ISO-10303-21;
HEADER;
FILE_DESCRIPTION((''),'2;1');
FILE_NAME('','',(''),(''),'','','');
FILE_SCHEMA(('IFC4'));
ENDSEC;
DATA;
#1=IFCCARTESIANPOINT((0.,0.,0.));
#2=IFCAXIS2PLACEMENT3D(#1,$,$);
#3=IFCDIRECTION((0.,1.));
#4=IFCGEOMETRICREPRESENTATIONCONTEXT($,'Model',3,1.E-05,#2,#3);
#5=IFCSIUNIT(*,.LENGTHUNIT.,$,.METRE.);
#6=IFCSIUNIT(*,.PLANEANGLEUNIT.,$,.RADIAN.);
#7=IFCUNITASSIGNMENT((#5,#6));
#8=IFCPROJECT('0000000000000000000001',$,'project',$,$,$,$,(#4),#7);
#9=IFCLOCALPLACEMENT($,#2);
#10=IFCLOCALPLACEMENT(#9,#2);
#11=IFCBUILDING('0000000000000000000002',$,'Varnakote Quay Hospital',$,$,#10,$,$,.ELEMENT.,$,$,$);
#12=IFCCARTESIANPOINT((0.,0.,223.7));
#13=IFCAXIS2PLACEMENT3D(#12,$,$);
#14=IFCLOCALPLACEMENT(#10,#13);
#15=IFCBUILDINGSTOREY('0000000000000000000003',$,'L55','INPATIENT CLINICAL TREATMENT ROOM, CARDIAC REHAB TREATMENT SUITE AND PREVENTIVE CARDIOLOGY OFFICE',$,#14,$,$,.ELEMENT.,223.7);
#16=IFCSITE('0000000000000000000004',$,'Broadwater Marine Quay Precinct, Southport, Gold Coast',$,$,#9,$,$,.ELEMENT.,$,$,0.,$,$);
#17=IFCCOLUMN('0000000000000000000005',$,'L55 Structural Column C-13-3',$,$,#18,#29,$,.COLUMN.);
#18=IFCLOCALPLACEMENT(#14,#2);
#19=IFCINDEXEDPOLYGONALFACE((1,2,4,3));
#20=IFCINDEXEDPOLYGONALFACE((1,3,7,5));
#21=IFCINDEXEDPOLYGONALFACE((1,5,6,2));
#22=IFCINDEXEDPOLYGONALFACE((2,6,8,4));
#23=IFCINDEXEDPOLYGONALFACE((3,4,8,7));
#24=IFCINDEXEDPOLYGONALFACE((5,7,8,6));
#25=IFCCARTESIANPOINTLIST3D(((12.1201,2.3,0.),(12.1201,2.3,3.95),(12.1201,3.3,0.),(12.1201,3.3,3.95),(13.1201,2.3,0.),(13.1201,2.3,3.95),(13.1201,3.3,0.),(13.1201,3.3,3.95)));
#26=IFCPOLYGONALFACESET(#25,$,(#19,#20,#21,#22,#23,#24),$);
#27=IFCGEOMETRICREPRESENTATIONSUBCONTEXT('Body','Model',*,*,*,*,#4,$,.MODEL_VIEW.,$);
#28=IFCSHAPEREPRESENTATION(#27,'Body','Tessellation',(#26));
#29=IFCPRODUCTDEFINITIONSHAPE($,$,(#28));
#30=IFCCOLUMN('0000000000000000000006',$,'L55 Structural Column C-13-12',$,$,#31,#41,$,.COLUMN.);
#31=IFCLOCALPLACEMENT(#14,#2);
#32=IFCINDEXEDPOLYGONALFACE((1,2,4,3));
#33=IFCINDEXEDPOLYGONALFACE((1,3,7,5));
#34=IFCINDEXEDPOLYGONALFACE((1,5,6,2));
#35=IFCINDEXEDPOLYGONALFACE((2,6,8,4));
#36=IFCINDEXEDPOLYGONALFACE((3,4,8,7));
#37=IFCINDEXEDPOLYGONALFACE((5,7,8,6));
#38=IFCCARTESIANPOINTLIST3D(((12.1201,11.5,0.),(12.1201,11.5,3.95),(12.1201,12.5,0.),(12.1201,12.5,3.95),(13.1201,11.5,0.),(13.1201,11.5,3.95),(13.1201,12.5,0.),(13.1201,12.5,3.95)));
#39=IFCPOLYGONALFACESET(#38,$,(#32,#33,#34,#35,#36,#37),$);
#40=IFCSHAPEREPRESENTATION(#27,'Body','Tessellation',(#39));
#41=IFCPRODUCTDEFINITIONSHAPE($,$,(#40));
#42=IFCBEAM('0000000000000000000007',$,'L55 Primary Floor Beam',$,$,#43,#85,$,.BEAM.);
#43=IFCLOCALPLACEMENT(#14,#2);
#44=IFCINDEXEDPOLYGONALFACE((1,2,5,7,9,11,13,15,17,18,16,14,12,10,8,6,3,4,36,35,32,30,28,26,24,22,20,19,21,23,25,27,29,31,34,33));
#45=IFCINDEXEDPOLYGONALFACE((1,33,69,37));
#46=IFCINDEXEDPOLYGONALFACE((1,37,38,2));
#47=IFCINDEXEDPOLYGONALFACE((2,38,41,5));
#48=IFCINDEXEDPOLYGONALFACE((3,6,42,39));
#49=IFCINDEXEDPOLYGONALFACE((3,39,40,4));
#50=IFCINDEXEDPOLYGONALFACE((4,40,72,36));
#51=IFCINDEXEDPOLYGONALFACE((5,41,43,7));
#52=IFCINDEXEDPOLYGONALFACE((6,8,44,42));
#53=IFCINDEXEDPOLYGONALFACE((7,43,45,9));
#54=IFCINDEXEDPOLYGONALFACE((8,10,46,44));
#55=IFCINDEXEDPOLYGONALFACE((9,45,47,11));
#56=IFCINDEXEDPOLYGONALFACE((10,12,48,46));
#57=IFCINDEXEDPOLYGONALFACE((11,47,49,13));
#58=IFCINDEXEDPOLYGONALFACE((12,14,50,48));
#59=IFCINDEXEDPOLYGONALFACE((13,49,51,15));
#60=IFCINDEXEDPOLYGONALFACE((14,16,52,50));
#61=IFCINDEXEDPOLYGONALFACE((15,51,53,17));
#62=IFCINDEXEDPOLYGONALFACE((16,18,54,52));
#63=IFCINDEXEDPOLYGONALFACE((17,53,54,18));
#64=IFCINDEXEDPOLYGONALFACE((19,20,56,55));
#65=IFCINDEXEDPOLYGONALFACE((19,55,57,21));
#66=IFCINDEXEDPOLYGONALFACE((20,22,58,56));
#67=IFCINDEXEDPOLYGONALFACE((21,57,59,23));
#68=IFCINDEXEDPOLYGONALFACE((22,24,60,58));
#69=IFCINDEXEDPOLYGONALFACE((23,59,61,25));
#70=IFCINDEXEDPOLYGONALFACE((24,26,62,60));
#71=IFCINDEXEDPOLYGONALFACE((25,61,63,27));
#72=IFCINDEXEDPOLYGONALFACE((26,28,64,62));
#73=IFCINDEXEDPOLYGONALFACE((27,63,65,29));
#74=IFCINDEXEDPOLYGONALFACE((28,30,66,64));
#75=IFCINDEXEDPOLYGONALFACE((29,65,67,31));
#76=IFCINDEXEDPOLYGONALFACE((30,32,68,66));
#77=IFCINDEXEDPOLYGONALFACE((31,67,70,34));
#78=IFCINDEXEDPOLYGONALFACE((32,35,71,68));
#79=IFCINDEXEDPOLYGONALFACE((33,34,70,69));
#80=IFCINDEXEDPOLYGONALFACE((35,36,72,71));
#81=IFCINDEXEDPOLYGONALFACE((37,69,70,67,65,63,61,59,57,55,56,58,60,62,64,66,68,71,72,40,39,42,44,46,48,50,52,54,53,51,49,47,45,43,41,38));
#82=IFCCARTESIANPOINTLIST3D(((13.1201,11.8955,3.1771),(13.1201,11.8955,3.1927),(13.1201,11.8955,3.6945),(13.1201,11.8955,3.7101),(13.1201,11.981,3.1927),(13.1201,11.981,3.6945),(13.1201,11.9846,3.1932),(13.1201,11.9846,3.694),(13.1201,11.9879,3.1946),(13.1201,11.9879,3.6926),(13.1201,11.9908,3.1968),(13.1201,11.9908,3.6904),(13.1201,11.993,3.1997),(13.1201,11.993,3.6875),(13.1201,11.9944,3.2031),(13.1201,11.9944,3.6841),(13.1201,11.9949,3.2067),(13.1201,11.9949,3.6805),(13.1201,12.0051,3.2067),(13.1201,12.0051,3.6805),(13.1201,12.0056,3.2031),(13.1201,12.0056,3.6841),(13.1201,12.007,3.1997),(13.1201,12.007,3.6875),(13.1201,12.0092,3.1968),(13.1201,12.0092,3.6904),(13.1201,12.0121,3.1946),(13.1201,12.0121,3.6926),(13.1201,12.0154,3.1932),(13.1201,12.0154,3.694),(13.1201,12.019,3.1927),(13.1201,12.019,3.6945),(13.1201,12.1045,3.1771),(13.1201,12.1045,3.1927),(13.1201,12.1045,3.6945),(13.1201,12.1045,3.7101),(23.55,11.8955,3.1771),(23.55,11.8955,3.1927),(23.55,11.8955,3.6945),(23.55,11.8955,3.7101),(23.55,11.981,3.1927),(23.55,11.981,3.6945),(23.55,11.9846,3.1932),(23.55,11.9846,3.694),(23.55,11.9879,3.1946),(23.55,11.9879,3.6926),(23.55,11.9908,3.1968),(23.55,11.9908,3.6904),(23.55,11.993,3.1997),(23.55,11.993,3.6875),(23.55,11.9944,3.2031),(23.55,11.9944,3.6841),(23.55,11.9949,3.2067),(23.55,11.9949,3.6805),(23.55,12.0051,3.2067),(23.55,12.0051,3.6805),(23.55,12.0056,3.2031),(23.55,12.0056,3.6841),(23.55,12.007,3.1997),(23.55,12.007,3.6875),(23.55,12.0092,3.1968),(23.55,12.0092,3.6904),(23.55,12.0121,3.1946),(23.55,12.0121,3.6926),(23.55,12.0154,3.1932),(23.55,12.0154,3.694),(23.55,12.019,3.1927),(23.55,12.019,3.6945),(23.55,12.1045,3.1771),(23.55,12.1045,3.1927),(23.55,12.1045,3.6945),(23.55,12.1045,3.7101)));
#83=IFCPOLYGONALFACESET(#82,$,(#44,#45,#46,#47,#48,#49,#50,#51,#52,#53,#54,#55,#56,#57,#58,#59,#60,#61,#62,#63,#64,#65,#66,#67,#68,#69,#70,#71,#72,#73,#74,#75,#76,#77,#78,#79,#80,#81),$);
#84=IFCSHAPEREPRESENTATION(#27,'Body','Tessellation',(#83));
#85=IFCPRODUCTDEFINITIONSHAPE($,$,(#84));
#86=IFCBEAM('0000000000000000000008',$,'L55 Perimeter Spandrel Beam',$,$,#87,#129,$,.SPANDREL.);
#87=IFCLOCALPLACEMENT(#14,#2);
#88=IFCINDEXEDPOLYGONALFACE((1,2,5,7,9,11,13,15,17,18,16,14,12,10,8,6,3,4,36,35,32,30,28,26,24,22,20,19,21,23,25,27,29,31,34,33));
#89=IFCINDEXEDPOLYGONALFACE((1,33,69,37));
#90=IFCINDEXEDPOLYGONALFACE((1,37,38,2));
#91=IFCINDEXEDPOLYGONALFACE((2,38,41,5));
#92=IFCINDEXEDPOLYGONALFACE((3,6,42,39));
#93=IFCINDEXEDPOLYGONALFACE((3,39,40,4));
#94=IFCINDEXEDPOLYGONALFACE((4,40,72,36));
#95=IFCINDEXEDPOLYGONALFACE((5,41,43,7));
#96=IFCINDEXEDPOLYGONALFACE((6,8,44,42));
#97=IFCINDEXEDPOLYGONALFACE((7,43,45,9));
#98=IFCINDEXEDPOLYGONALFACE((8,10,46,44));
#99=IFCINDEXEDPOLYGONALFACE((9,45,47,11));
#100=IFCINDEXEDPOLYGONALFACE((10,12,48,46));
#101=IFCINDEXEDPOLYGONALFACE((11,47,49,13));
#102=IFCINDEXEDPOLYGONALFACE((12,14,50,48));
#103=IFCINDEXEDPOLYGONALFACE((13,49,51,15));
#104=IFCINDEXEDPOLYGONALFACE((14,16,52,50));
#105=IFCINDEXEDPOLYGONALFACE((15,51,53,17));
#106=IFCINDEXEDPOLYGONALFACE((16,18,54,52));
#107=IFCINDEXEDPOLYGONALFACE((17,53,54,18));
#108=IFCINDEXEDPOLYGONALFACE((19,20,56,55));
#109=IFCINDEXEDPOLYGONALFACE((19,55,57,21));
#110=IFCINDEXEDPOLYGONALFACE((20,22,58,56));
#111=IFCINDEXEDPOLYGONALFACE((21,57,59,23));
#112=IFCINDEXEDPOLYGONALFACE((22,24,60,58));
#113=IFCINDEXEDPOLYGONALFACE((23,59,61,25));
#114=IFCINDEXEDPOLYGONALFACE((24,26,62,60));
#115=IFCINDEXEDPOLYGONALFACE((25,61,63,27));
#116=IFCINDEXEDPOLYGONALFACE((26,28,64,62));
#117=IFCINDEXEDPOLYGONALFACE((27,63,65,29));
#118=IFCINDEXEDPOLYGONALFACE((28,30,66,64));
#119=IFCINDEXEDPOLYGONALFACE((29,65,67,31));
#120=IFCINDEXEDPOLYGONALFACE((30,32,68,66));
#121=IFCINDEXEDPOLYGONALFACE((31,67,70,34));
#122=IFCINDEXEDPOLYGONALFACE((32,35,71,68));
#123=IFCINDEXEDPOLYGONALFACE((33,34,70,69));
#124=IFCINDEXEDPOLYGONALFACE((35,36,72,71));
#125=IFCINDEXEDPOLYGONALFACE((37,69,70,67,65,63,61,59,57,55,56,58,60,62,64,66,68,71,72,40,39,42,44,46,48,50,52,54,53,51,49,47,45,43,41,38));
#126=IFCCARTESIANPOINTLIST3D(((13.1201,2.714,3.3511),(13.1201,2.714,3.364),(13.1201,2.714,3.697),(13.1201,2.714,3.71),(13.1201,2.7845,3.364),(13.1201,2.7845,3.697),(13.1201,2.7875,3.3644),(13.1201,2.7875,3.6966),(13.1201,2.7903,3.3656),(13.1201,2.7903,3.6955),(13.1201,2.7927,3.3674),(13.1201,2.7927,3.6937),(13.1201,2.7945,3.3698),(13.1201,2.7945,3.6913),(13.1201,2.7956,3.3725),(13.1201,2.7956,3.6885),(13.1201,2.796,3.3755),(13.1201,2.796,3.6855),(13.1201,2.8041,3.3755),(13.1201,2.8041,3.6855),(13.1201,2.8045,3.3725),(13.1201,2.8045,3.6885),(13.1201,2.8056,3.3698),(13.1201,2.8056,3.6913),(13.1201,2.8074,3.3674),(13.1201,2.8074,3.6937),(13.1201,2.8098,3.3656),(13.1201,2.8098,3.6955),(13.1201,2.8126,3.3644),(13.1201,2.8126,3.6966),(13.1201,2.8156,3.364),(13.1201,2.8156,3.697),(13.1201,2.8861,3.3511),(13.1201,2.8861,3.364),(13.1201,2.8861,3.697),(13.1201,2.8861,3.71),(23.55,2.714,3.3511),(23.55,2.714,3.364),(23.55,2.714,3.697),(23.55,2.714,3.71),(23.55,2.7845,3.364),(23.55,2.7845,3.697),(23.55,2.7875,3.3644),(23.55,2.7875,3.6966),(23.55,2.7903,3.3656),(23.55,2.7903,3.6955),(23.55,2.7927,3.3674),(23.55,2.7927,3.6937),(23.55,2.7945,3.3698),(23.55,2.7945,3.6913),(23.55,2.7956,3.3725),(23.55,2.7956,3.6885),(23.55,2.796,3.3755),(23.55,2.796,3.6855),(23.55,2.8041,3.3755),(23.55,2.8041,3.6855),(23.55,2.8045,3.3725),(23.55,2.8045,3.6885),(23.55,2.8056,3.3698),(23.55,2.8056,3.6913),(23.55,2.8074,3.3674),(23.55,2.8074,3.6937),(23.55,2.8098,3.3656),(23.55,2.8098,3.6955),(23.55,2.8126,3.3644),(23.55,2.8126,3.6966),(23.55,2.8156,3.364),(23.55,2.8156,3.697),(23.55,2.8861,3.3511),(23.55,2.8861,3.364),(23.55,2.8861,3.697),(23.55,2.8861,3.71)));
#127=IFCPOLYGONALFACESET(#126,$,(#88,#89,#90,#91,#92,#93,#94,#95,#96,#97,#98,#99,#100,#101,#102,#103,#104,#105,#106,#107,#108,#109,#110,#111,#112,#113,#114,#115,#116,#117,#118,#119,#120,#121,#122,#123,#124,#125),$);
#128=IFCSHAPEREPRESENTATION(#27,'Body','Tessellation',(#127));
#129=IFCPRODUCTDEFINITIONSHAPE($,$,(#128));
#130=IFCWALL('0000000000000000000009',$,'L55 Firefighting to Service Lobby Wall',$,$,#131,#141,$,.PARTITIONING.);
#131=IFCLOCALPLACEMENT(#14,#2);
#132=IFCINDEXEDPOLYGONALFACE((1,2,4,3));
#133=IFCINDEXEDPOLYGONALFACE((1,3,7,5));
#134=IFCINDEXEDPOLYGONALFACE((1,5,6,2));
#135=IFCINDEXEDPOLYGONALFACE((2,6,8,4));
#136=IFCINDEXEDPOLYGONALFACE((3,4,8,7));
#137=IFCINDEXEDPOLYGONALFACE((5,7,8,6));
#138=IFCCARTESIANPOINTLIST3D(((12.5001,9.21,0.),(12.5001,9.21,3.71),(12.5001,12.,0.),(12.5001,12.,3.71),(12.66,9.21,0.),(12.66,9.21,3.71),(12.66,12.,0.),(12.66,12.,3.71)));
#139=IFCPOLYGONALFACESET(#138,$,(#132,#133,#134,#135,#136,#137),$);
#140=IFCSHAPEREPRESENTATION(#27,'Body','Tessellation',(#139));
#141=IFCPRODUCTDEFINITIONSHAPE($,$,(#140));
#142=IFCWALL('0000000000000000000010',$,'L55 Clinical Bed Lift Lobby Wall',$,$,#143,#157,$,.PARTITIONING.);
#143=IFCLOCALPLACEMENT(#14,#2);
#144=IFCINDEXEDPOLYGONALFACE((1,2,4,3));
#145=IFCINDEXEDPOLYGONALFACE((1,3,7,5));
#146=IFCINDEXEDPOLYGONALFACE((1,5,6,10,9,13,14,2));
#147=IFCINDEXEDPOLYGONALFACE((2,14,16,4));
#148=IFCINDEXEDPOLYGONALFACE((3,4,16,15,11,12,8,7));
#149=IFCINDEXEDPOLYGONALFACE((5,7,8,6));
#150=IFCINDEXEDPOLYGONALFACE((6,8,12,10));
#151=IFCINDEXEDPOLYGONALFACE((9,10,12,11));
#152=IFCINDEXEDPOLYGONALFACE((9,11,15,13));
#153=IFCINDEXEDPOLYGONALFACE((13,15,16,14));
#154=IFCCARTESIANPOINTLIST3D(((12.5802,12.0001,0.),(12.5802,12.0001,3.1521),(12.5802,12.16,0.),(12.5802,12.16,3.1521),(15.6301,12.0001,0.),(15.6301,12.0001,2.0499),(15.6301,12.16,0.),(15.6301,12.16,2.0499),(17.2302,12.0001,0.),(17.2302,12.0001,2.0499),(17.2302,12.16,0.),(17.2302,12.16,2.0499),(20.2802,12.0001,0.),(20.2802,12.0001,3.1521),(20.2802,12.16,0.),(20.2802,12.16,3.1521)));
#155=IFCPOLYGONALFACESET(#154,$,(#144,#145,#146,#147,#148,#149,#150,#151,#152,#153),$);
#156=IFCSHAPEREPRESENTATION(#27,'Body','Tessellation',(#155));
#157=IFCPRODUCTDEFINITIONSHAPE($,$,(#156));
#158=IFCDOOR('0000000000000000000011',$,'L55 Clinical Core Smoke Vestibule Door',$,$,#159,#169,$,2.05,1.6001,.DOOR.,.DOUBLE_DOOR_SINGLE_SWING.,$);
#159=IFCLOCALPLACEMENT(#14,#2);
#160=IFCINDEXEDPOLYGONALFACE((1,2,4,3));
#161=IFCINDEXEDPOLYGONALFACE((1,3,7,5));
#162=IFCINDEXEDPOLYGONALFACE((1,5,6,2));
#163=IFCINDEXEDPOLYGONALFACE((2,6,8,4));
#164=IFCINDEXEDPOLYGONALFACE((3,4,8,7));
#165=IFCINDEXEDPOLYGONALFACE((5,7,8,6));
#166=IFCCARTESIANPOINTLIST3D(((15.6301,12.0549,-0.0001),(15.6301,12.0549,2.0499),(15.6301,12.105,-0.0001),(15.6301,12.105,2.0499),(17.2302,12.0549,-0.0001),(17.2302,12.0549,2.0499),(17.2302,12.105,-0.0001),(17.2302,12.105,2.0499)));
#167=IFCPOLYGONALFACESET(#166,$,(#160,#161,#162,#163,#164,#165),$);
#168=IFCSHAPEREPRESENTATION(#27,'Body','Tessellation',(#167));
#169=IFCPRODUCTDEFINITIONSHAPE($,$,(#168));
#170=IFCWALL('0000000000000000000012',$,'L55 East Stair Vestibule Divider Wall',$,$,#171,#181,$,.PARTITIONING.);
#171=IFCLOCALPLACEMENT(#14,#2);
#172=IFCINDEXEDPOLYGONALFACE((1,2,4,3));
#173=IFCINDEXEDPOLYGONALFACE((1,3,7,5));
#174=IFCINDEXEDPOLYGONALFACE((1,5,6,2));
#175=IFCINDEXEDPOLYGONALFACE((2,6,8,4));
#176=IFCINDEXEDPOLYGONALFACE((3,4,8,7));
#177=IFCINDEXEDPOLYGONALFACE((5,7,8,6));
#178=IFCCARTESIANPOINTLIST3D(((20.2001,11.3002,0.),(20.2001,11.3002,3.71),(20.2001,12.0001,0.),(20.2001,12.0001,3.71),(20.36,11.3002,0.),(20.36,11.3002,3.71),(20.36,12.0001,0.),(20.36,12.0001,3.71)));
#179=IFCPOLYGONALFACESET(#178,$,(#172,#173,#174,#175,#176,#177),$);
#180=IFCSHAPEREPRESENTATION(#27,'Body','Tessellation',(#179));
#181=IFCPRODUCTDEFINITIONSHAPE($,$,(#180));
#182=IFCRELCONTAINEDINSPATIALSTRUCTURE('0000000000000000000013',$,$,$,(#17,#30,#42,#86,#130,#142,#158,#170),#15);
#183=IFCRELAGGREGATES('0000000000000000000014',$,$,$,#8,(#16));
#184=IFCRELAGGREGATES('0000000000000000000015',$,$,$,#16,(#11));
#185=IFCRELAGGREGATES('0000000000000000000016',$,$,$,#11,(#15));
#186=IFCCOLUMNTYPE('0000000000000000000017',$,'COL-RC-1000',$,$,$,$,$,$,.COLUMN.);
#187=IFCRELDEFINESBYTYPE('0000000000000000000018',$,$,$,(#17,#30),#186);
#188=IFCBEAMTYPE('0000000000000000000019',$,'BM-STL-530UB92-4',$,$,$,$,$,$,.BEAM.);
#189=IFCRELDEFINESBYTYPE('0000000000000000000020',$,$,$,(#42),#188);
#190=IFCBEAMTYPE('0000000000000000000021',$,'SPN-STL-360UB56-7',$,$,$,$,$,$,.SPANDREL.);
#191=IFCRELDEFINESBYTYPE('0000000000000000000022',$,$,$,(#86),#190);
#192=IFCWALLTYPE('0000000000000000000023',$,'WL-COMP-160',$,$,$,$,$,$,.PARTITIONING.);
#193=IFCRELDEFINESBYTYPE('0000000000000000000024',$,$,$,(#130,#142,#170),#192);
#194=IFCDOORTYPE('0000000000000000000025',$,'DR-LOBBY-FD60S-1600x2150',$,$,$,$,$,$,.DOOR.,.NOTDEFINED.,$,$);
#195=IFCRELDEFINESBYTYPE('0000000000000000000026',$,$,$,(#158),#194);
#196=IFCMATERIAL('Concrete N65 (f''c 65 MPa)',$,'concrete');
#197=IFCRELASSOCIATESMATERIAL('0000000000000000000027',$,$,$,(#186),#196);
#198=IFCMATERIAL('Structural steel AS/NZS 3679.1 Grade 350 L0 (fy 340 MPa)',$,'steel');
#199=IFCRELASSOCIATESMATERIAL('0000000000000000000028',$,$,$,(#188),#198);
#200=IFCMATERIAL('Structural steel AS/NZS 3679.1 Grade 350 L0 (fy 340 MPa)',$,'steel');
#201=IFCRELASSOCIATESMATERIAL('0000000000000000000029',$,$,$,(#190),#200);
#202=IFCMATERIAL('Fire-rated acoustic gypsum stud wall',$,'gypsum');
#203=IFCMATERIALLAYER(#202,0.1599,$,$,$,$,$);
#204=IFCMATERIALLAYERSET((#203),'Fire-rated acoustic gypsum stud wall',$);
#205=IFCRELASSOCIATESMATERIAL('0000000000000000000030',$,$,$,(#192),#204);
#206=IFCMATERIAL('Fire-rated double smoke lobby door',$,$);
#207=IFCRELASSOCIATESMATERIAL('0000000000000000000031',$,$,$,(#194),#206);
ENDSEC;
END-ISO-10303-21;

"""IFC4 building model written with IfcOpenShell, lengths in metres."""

from ifc_helpers import new_model, si_unit, direction, frame, frame_2d, origin, origin_2d, place, context, subcontext, project, spatial, rectangle, i_section, extrude, material, layer, layer_set, material_profile, profile_set, type_object, element, fill, save


model = new_model("IFC4")

# Units and contexts
model_context = context("Model", 3, precision=1e-05, world=origin(), true_north=direction((0.0, 1.0)))
body_context = subcontext(model_context, "Body", "Model", "MODEL_VIEW")
ifc_project = project(units=[si_unit("LENGTHUNIT", "METRE"), si_unit("PLANEANGLEUNIT", "RADIAN")], contexts=[model_context])

# Site, building, storey
site_placement = place(None, origin())
site = spatial("IfcSite", under=ifc_project, at=site_placement, Name="Broadwater Marine Quay Precinct, Southport, Gold Coast", CompositionType="ELEMENT", RefElevation=0.0)
building_placement = place(site_placement, origin())
building = spatial("IfcBuilding", under=site, at=building_placement, Name="Varnakote Quay Hospital", CompositionType="ELEMENT")
storey_placement = place(building_placement, frame((0.0, 0.0, 223.7)))
storey = spatial("IfcBuildingStorey", under=building, at=storey_placement, Name="L55", Description="INPATIENT CLINICAL TREATMENT ROOM, CARDIAC REHAB TREATMENT SUITE AND PREVENTIVE CARDIOLOGY OFFICE", CompositionType="ELEMENT", Elevation=223.7)

# Columns
ifc_material_1 = material(Name="Concrete N65 (f'c 65 MPa)", Category="concrete")
ifc_material_profile_1 = material_profile(ifc_material_1, rectangle(XDim=1.0, YDim=1.0, at=origin_2d()), Name="RC-COL-1000x1000")
ifc_profile_set_1 = profile_set([ifc_material_profile_1], Name="Concrete N65 (f'c 65 MPa)")
column_type = type_object("IfcColumnType", Name="COL-RC-1000", PredefinedType="COLUMN", material=ifc_profile_set_1)
for number, where, z_axis, x_axis, name in (
    (1, (12.6201, 2.8, 0.0), (0.0, 0.0, 1.0), (1.0, 0.0, 0.0), "L55 Structural Column C-13-3"),
    (2, (12.6201, 12.0, 0.0), (0.0, 0.0, 1.0), (1.0, 0.0, 0.0), "L55 Structural Column C-13-12"),
):
    element("IfcColumn", number, at=place(storey_placement, frame(where, z_axis=z_axis, x_axis=x_axis)), inside=storey, type_object=column_type, Name=name, PredefinedType="COLUMN", context=body_context, shape_type="SweptSolid", body=[
        extrude(rectangle(XDim=1.0, YDim=1.0, at=origin_2d()), origin(), (0.0, 0.0, 1.0), 3.95),
    ])

# Beams
ifc_material_2 = material(Name="Structural steel AS/NZS 3679.1 Grade 350 L0 (fy 340 MPa)", Category="steel")
ifc_material_profile_2 = material_profile(ifc_material_2, i_section(OverallWidth=0.209, OverallDepth=0.533, WebThickness=0.0103, FlangeThickness=0.0156, FilletRadius=0.0139, at=origin_2d()), Name="530UB92.4")
ifc_profile_set_2 = profile_set([ifc_material_profile_2], Name="Structural steel AS/NZS 3679.1 Grade 350 L0 (fy 340 MPa)")
beam_type_1 = type_object("IfcBeamType", Name="BM-STL-530UB92-4", PredefinedType="BEAM", material=ifc_profile_set_2)
beam_1_placement = place(storey_placement, frame((13.1201, 12.0, 3.4436), z_axis=(1.0, 0.0, 0.0), x_axis=(0.0, 1.0, 0.0)))
element("IfcBeam", 3, at=beam_1_placement, inside=storey, type_object=beam_type_1, Name="L55 Primary Floor Beam", PredefinedType="BEAM", context=body_context, shape_type="SweptSolid", body=[
    extrude(i_section(OverallWidth=0.209, OverallDepth=0.533, WebThickness=0.0103, FlangeThickness=0.0156, FilletRadius=0.0139, at=origin_2d()), origin(), (0.0, 0.0, 1.0), 10.4299),
])
ifc_material_3 = material(Name="Structural steel AS/NZS 3679.1 Grade 350 L0 (fy 340 MPa)", Category="steel")
ifc_material_profile_3 = material_profile(ifc_material_3, i_section(OverallWidth=0.1721, OverallDepth=0.3589, WebThickness=0.0081, FlangeThickness=0.0129, FilletRadius=0.0115, at=origin_2d()), Name="360UB56.7")
ifc_profile_set_3 = profile_set([ifc_material_profile_3], Name="Structural steel AS/NZS 3679.1 Grade 350 L0 (fy 340 MPa)")
beam_type_2 = type_object("IfcBeamType", Name="SPN-STL-360UB56-7", PredefinedType="SPANDREL", material=ifc_profile_set_3)
beam_2_placement = place(storey_placement, frame((13.1201, 2.8, 3.5305), z_axis=(1.0, 0.0, 0.0), x_axis=(0.0, 1.0, 0.0)))
element("IfcBeam", 4, at=beam_2_placement, inside=storey, type_object=beam_type_2, Name="L55 Perimeter Spandrel Beam", PredefinedType="SPANDREL", context=body_context, shape_type="SweptSolid", body=[
    extrude(i_section(OverallWidth=0.1721, OverallDepth=0.3589, WebThickness=0.0081, FlangeThickness=0.0129, FilletRadius=0.0115, at=origin_2d()), origin(), (0.0, 0.0, 1.0), 10.4299),
])

# Wall
ifc_material_4 = material(Name="Fire-rated acoustic gypsum stud wall", Category="gypsum")
ifc_layer_1 = layer(ifc_material_4, 0.1599)
ifc_layer_set_1 = layer_set([ifc_layer_1], Name="Fire-rated acoustic gypsum stud wall")
wall_type_1 = type_object("IfcWallType", Name="WL-COMP-160", PredefinedType="PARTITIONING", material=ifc_layer_set_1)
wall_1_placement = place(storey_placement, frame((12.5801, 9.21, 0.0), z_axis=(0.0, 0.0, 1.0), x_axis=(0.0, 1.0, 0.0)))
element("IfcWall", 5, at=wall_1_placement, inside=storey, type_object=wall_type_1, Name="L55 Firefighting to Service Lobby Wall", PredefinedType="PARTITIONING", context=body_context, shape_type="SweptSolid", body=[
    extrude(rectangle(XDim=2.79, YDim=0.1599, at=frame_2d((1.395, 0.0))), origin(), (0.0, 0.0, 1.0), 3.71),
])

# Wall, opening, door
wall_2_placement = place(storey_placement, frame((12.5801, 12.0801, 0.0), z_axis=(0.0, 0.0, 1.0), x_axis=(1.0, 0.0, 0.0)))
wall_2 = element("IfcWall", 6, at=wall_2_placement, inside=storey, type_object=wall_type_1, Name="L55 Clinical Bed Lift Lobby Wall", PredefinedType="PARTITIONING", context=body_context, shape_type="SweptSolid", body=[
    extrude(rectangle(XDim=7.7, YDim=0.1599, at=frame_2d((3.8501, 0.0))), origin(), (0.0, 0.0, 1.0), 3.1521),
])
opening_1_placement = place(wall_2_placement, frame((3.05, 0.0, 0.0)))
opening_1 = element("IfcOpeningElement", 7, at=opening_1_placement, cuts=wall_2, PredefinedType="OPENING", context=body_context, shape_type="SweptSolid", body=[
    extrude(rectangle(XDim=1.6001, YDim=2.05, at=frame_2d((0.8, 1.0249))), frame((0.0, 0.0898, 0.0), z_axis=(0.0, -1.0, 0.0), x_axis=(1.0, 0.0, 0.0)), (0.0, 0.0, 1.0), 0.1799),
])
ifc_material_5 = material(Name="Fire-rated double smoke lobby door")
door_type_1 = type_object("IfcDoorType", Name="DR-LOBBY-FD60S-1600x2150", OperationType="NOTDEFINED", PredefinedType="DOOR", material=ifc_material_5)
door_1_placement = place(opening_1_placement, origin())
door_1 = element("IfcDoor", 8, at=door_1_placement, inside=storey, type_object=door_type_1, Name="L55 Clinical Core Smoke Vestibule Door", OperationType="DOUBLE_DOOR_SINGLE_SWING", OverallHeight=2.05, OverallWidth=1.6001, PredefinedType="DOOR", context=body_context, shape_type="SweptSolid", body=[
    extrude(rectangle(XDim=1.6001, YDim=2.05, at=frame_2d((0.8, 1.0249))), frame((0.0, 0.0249, 0.0), z_axis=(0.0, -1.0, 0.0), x_axis=(1.0, 0.0, 0.0)), (0.0, 0.0, 1.0), 0.05),
])
fill(opening_1, door_1)

# Wall
wall_3_placement = place(storey_placement, frame((20.28, 11.3, 0.0), z_axis=(0.0, 0.0, 1.0), x_axis=(0.0, 1.0, 0.0)))
element("IfcWall", 9, at=wall_3_placement, inside=storey, type_object=wall_type_1, Name="L55 East Stair Vestibule Divider Wall", PredefinedType="PARTITIONING", context=body_context, shape_type="SweptSolid", body=[
    extrude(rectangle(XDim=0.7, YDim=0.1599, at=frame_2d((0.3501, 0.0))), origin(), (0.0, 0.0, 1.0), 3.71),
])

save(model, "model.ifc")
